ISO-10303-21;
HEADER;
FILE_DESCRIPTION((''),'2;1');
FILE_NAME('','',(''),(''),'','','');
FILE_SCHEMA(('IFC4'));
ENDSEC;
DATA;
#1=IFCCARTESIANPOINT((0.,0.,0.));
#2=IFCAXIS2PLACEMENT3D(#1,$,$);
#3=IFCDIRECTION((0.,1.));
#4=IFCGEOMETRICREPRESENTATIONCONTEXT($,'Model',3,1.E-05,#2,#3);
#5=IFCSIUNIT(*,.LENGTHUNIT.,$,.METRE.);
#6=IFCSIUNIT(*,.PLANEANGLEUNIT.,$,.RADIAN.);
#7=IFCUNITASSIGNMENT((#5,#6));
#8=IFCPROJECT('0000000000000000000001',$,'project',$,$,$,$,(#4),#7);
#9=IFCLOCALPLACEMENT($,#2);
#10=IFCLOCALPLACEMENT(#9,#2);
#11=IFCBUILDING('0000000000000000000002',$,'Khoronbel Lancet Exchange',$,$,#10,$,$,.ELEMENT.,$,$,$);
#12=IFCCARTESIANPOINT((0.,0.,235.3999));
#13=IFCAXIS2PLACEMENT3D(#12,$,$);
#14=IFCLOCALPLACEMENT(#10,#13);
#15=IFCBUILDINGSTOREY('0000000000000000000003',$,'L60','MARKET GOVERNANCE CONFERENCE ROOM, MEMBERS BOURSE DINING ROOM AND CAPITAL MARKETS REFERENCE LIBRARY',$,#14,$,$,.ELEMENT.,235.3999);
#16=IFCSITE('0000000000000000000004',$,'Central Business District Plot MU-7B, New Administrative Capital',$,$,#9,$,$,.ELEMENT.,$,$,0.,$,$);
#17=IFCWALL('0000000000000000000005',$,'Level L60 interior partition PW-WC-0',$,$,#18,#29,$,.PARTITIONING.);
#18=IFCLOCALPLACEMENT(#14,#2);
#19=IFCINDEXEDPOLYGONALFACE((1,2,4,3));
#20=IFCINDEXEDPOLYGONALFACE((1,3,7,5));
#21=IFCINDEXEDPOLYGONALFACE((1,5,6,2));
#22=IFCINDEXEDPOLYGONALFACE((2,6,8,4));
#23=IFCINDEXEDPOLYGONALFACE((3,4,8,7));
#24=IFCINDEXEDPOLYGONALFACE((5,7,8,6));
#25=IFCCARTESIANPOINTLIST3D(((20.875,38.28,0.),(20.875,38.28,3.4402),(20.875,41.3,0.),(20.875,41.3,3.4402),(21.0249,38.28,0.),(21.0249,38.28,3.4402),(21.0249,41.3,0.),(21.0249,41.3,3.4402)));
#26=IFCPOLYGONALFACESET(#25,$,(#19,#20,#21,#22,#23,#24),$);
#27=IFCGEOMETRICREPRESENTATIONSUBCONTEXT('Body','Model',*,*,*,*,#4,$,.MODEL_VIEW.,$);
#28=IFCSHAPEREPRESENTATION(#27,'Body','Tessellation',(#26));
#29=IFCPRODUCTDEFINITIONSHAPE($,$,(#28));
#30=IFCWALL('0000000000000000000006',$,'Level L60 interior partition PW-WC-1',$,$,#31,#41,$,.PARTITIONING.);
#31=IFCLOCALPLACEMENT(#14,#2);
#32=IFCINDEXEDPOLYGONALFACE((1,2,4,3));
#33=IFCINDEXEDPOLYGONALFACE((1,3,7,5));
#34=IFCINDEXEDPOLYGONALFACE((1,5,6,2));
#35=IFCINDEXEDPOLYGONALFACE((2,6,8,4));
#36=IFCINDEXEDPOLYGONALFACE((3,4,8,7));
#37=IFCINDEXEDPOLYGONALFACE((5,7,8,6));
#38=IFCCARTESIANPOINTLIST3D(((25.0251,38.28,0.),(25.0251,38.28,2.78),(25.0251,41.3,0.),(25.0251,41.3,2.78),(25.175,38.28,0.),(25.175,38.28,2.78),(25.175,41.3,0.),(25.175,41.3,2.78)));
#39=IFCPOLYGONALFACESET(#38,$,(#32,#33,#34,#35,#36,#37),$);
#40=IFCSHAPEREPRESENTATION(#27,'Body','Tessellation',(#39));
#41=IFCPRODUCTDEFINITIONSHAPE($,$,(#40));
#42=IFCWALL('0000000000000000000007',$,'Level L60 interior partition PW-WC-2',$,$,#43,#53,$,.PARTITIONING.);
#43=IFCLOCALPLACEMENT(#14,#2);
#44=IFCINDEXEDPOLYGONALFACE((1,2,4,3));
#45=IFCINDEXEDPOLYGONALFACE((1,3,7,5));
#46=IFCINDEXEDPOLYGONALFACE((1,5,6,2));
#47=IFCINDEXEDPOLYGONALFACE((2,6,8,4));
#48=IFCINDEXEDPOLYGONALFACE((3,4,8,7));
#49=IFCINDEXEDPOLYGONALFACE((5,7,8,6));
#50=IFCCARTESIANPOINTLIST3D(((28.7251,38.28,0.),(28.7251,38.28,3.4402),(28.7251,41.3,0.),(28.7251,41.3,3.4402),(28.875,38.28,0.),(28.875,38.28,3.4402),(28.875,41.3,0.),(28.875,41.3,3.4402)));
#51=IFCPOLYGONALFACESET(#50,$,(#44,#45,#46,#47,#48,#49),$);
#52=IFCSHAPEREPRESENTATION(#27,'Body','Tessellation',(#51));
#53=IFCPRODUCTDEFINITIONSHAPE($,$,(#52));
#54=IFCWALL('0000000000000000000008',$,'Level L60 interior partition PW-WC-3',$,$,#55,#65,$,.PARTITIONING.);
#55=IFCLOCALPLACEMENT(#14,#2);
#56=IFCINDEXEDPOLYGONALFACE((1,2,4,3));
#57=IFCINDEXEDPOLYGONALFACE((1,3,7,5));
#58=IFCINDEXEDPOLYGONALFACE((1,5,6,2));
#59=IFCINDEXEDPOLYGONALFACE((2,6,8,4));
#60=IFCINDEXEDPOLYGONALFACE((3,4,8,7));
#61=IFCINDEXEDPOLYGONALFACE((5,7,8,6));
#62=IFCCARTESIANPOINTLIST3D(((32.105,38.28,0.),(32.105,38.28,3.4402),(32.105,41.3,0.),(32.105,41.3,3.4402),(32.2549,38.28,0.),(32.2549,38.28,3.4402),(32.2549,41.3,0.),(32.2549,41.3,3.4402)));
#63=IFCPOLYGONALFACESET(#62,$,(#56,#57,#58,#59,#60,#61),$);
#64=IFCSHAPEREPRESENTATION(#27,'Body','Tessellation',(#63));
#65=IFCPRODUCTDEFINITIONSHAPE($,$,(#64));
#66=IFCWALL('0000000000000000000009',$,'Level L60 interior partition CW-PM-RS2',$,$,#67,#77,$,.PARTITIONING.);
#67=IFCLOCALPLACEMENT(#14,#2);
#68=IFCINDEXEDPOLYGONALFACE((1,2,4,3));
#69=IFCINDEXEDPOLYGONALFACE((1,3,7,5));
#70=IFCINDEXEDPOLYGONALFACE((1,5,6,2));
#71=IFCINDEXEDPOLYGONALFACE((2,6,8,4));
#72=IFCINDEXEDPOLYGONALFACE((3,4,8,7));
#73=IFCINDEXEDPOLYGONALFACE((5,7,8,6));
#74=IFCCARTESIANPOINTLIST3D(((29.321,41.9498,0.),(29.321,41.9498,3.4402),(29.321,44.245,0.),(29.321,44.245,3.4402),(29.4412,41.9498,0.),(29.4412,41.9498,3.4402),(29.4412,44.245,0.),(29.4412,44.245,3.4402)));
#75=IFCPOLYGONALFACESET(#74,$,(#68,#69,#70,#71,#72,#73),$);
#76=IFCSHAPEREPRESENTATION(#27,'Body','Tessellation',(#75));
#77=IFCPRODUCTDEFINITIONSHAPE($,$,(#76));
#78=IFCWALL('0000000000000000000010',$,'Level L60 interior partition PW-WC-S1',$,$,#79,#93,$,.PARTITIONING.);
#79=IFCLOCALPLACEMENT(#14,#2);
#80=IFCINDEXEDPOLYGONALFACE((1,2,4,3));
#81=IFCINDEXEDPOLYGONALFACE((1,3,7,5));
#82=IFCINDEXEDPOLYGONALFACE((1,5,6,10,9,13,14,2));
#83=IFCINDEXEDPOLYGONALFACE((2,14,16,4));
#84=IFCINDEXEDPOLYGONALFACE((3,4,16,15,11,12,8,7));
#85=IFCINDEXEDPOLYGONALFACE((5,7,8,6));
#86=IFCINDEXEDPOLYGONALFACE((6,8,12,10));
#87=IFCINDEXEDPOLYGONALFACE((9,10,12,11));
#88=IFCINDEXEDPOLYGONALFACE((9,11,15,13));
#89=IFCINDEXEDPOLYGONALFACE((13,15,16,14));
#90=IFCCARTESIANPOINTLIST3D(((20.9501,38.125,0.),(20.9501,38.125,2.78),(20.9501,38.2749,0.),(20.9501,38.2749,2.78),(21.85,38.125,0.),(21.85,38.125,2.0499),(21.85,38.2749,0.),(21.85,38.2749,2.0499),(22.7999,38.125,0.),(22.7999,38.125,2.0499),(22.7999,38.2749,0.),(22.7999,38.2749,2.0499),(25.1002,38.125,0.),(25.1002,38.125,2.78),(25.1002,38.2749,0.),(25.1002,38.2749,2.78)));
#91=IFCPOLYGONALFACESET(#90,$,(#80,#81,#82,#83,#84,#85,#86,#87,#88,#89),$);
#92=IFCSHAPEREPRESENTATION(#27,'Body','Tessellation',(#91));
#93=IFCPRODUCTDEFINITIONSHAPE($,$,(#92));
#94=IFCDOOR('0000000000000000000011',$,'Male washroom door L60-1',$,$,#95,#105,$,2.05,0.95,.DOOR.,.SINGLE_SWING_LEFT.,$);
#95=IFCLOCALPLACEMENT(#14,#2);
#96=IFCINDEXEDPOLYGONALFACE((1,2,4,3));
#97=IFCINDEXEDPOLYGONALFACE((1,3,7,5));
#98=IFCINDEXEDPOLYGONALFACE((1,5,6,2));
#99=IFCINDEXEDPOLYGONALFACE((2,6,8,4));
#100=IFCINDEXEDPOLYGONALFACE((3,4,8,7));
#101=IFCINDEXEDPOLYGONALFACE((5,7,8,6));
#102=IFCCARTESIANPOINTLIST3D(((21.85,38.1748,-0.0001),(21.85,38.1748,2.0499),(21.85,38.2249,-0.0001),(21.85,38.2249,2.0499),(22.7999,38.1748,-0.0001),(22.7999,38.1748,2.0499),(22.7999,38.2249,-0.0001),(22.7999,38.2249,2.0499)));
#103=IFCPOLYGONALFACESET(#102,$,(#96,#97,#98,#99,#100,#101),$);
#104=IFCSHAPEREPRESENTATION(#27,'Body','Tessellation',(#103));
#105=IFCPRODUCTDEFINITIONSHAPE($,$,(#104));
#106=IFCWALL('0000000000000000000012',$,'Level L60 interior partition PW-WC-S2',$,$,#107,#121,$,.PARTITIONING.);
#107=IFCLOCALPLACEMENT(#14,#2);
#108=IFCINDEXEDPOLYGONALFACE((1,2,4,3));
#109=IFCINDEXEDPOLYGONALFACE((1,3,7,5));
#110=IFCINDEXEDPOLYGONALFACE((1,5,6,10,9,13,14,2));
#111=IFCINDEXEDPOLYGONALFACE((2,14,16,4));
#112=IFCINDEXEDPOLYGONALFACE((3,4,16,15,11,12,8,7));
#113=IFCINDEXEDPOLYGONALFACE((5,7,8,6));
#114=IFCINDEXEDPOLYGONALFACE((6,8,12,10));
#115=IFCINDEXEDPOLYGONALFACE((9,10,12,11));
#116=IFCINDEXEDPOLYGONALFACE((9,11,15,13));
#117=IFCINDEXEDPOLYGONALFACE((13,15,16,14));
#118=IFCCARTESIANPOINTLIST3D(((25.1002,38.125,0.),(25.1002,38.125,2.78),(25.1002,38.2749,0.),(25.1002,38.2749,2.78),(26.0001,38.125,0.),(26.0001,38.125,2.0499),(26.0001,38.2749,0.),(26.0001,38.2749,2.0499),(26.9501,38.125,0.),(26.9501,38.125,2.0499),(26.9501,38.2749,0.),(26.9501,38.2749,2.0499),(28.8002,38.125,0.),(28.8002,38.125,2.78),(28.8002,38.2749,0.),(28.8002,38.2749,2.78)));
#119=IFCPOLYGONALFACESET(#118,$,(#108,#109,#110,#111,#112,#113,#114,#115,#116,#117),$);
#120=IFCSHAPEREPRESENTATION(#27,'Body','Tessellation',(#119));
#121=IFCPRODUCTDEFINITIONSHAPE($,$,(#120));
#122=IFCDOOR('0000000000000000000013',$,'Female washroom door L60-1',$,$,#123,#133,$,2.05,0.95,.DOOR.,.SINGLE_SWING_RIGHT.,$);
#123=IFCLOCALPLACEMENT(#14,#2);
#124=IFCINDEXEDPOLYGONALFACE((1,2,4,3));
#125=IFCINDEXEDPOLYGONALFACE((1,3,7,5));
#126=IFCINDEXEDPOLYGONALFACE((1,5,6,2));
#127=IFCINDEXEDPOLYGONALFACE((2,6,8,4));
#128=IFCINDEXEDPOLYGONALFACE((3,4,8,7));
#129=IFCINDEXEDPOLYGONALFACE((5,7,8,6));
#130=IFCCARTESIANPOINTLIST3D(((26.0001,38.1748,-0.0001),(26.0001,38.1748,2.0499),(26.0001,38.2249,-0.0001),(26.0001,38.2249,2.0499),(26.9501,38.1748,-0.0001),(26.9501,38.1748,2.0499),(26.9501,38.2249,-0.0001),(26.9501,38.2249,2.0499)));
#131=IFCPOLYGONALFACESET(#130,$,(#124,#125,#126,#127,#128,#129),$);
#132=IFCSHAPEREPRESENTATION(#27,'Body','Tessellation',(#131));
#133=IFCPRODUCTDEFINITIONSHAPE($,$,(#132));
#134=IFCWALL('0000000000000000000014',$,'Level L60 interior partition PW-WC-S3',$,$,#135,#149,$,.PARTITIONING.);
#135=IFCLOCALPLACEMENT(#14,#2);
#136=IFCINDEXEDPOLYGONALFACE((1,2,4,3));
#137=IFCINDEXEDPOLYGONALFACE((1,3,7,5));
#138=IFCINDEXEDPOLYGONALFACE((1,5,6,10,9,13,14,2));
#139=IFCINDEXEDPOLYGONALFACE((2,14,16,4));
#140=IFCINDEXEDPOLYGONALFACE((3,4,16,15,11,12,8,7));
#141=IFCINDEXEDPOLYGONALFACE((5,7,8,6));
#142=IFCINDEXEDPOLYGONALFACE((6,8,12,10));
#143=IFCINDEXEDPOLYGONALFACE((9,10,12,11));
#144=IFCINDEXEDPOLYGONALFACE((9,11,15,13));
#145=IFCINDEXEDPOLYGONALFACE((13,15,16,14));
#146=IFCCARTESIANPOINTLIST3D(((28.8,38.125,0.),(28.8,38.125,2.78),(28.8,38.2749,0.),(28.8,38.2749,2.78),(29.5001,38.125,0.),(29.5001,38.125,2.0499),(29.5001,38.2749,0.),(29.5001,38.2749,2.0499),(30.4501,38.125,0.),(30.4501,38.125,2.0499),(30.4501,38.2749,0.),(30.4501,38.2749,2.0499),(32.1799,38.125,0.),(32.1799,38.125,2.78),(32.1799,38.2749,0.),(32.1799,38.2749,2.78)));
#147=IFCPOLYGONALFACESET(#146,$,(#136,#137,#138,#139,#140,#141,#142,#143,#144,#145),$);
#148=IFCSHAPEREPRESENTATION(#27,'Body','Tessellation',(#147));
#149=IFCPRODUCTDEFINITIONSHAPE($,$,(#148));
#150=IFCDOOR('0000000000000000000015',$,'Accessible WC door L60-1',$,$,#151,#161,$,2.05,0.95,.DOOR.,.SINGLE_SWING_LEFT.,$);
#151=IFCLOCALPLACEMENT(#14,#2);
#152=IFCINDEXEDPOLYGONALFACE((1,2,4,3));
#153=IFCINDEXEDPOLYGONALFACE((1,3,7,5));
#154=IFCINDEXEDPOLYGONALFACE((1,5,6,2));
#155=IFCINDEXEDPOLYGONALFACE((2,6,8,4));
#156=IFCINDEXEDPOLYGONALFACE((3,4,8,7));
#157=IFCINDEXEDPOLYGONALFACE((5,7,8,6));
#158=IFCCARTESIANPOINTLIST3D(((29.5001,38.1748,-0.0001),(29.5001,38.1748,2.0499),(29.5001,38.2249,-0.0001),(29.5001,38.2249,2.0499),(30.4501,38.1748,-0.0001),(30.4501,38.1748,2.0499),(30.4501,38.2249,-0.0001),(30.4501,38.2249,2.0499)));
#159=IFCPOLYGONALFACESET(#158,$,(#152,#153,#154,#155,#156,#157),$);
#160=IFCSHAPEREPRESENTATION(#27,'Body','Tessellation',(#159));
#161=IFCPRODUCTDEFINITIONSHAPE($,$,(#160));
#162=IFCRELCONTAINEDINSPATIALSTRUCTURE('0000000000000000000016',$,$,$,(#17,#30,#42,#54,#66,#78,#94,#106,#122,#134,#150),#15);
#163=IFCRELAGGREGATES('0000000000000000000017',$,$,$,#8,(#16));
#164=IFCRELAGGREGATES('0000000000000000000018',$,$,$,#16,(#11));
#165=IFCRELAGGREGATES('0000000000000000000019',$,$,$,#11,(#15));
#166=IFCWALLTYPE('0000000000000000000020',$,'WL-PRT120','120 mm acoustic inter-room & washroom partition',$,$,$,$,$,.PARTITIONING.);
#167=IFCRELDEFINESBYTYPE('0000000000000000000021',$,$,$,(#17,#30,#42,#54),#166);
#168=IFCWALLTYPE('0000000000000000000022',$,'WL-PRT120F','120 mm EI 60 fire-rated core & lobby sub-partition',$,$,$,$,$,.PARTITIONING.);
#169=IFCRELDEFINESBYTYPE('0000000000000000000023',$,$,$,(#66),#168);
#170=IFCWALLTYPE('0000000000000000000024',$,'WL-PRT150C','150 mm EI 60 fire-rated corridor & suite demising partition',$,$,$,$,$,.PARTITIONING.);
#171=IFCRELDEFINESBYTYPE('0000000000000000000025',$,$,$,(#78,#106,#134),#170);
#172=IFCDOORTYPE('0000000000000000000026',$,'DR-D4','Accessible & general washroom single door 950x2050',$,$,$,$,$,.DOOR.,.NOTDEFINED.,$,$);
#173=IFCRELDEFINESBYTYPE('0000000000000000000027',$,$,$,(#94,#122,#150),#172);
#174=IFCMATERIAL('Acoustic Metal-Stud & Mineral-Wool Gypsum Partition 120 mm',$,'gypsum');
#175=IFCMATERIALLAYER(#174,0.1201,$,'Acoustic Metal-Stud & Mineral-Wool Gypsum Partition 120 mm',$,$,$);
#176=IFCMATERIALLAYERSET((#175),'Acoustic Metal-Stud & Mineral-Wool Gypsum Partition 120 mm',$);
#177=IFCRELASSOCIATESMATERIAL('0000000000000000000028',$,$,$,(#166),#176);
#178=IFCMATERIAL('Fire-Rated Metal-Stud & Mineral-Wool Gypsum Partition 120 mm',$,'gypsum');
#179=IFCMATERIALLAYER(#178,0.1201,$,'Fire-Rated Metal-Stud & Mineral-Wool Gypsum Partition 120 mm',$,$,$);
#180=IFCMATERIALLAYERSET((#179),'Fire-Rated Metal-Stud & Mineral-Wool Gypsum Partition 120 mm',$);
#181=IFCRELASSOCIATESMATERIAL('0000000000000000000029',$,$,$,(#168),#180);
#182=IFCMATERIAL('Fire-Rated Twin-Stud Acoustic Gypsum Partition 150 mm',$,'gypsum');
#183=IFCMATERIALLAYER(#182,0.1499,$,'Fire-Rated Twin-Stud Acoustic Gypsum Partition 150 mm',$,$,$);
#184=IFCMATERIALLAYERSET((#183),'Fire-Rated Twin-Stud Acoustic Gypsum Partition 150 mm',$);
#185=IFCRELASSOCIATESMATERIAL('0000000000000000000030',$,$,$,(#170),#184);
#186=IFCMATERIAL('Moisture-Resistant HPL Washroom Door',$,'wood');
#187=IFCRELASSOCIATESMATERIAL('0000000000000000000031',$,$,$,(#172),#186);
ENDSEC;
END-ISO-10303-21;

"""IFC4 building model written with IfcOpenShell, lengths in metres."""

from ifc_helpers import new_model, si_unit, direction, frame, frame_2d, origin, place, context, subcontext, project, spatial, rectangle, extrude, material, layer, layer_set, type_object, element, fill, save


model = new_model("IFC4")

# Units and contexts
model_context = context("Model", 3, precision=1e-05, world=origin(), true_north=direction((0.0, 1.0)))
body_context = subcontext(model_context, "Body", "Model", "MODEL_VIEW")
ifc_project = project(units=[si_unit("LENGTHUNIT", "METRE"), si_unit("PLANEANGLEUNIT", "RADIAN")], contexts=[model_context])

# Site, building, storey
site_placement = place(None, origin())
site = spatial("IfcSite", under=ifc_project, at=site_placement, Name="Central Business District Plot MU-7B, New Administrative Capital", CompositionType="ELEMENT", RefElevation=0.0)
building_placement = place(site_placement, origin())
building = spatial("IfcBuilding", under=site, at=building_placement, Name="Khoronbel Lancet Exchange", CompositionType="ELEMENT")
storey_placement = place(building_placement, frame((0.0, 0.0, 235.3999)))
storey = spatial("IfcBuildingStorey", under=building, at=storey_placement, Name="L60", Description="MARKET GOVERNANCE CONFERENCE ROOM, MEMBERS BOURSE DINING ROOM AND CAPITAL MARKETS REFERENCE LIBRARY", CompositionType="ELEMENT", Elevation=235.3999)

# Walls
ifc_material_1 = material(Name="Acoustic Metal-Stud & Mineral-Wool Gypsum Partition 120 mm", Category="gypsum")
ifc_layer_1 = layer(ifc_material_1, 0.1201, Name="Acoustic Metal-Stud & Mineral-Wool Gypsum Partition 120 mm")
ifc_layer_set_1 = layer_set([ifc_layer_1], Name="Acoustic Metal-Stud & Mineral-Wool Gypsum Partition 120 mm")
wall_type_1 = type_object("IfcWallType", Name="WL-PRT120", Description="120 mm acoustic inter-room & washroom partition", PredefinedType="PARTITIONING", material=ifc_layer_set_1)
wall_1_placement = place(storey_placement, frame((20.95, 38.28, 0.0), z_axis=(0.0, 0.0, 1.0), x_axis=(0.0, 1.0, 0.0)))
element("IfcWall", 1, at=wall_1_placement, inside=storey, type_object=wall_type_1, Name="Level L60 interior partition PW-WC-0", PredefinedType="PARTITIONING", context=body_context, shape_type="SweptSolid", body=[
    extrude(rectangle(XDim=3.02, YDim=0.1499, at=frame_2d((1.51, 0.0))), origin(), (0.0, 0.0, 1.0), 3.4402),
])
wall_2_placement = place(storey_placement, frame((25.1001, 38.28, 0.0), z_axis=(0.0, 0.0, 1.0), x_axis=(0.0, 1.0, 0.0)))
element("IfcWall", 2, at=wall_2_placement, inside=storey, type_object=wall_type_1, Name="Level L60 interior partition PW-WC-1", PredefinedType="PARTITIONING", context=body_context, shape_type="SweptSolid", body=[
    extrude(rectangle(XDim=3.02, YDim=0.1499, at=frame_2d((1.51, 0.0))), origin(), (0.0, 0.0, 1.0), 2.78),
])
for number, where, z_axis, x_axis, name in (
    (3, (28.8, 38.28, 0.0), (0.0, 0.0, 1.0), (0.0, 1.0, 0.0), "Level L60 interior partition PW-WC-2"),
    (4, (32.1799, 38.28, 0.0), (0.0, 0.0, 1.0), (0.0, 1.0, 0.0), "Level L60 interior partition PW-WC-3"),
):
    element("IfcWall", number, at=place(storey_placement, frame(where, z_axis=z_axis, x_axis=x_axis)), inside=storey, type_object=wall_type_1, Name=name, PredefinedType="PARTITIONING", context=body_context, shape_type="SweptSolid", body=[
        extrude(rectangle(XDim=3.02, YDim=0.1499, at=frame_2d((1.51, 0.0))), origin(), (0.0, 0.0, 1.0), 3.4402),
    ])
ifc_material_2 = material(Name="Fire-Rated Metal-Stud & Mineral-Wool Gypsum Partition 120 mm", Category="gypsum")
ifc_layer_2 = layer(ifc_material_2, 0.1201, Name="Fire-Rated Metal-Stud & Mineral-Wool Gypsum Partition 120 mm")
ifc_layer_set_2 = layer_set([ifc_layer_2], Name="Fire-Rated Metal-Stud & Mineral-Wool Gypsum Partition 120 mm")
wall_type_2 = type_object("IfcWallType", Name="WL-PRT120F", Description="120 mm EI 60 fire-rated core & lobby sub-partition", PredefinedType="PARTITIONING", material=ifc_layer_set_2)
wall_3_placement = place(storey_placement, frame((29.3811, 41.95, 0.0), z_axis=(0.0, 0.0, 1.0), x_axis=(0.0, 1.0, 0.0)))
element("IfcWall", 5, at=wall_3_placement, inside=storey, type_object=wall_type_2, Name="Level L60 interior partition CW-PM-RS2", PredefinedType="PARTITIONING", context=body_context, shape_type="SweptSolid", body=[
    extrude(rectangle(XDim=2.2952, YDim=0.1201, at=frame_2d((1.1475, 0.0))), origin(), (0.0, 0.0, 1.0), 3.4402),
])

# Walls, openings, doors
ifc_material_3 = material(Name="Fire-Rated Twin-Stud Acoustic Gypsum Partition 150 mm", Category="gypsum")
ifc_layer_3 = layer(ifc_material_3, 0.1499, Name="Fire-Rated Twin-Stud Acoustic Gypsum Partition 150 mm")
ifc_layer_set_3 = layer_set([ifc_layer_3], Name="Fire-Rated Twin-Stud Acoustic Gypsum Partition 150 mm")
wall_type_3 = type_object("IfcWallType", Name="WL-PRT150C", Description="150 mm EI 60 fire-rated corridor & suite demising partition", PredefinedType="PARTITIONING", material=ifc_layer_set_3)
wall_4_placement = place(storey_placement, frame((20.95, 38.2, 0.0), z_axis=(0.0, 0.0, 1.0), x_axis=(1.0, 0.0, 0.0)))
wall_4 = element("IfcWall", 6, at=wall_4_placement, inside=storey, type_object=wall_type_3, Name="Level L60 interior partition PW-WC-S1", PredefinedType="PARTITIONING", context=body_context, shape_type="SweptSolid", body=[
    extrude(rectangle(XDim=4.1501, YDim=0.1499, at=frame_2d((2.0752, 0.0))), origin(), (0.0, 0.0, 1.0), 2.78),
])
opening_1_placement = place(wall_4_placement, frame((0.8999, 0.0, 0.0)))
opening_1 = element("IfcOpeningElement", 7, at=opening_1_placement, cuts=wall_4, PredefinedType="OPENING", context=body_context, shape_type="SweptSolid", body=[
    extrude(rectangle(XDim=0.95, YDim=2.05, at=frame_2d((0.4751, 1.0249))), frame((0.0, 0.085, 0.0), z_axis=(0.0, -1.0, 0.0), x_axis=(1.0, 0.0, 0.0)), (0.0, 0.0, 1.0), 0.1699),
])
ifc_material_4 = material(Name="Moisture-Resistant HPL Washroom Door", Category="wood")
door_type_1 = type_object("IfcDoorType", Name="DR-D4", Description="Accessible & general washroom single door 950x2050", OperationType="NOTDEFINED", PredefinedType="DOOR", material=ifc_material_4)
door_1_placement = place(opening_1_placement, origin())
door_1 = element("IfcDoor", 8, at=door_1_placement, inside=storey, type_object=door_type_1, Name="Male washroom door L60-1", OperationType="SINGLE_SWING_LEFT", OverallHeight=2.05, OverallWidth=0.95, PredefinedType="DOOR", context=body_context, shape_type="SweptSolid", body=[
    extrude(rectangle(XDim=0.95, YDim=2.05, at=frame_2d((0.4751, 1.0249))), frame((0.0, 0.0249, 0.0), z_axis=(0.0, -1.0, 0.0), x_axis=(1.0, 0.0, 0.0)), (0.0, 0.0, 1.0), 0.05),
])
fill(opening_1, door_1)
wall_5_placement = place(storey_placement, frame((25.1001, 38.2, 0.0), z_axis=(0.0, 0.0, 1.0), x_axis=(1.0, 0.0, 0.0)))
wall_5 = element("IfcWall", 9, at=wall_5_placement, inside=storey, type_object=wall_type_3, Name="Level L60 interior partition PW-WC-S2", PredefinedType="PARTITIONING", context=body_context, shape_type="SweptSolid", body=[
    extrude(rectangle(XDim=3.7, YDim=0.1499, at=frame_2d((1.8501, 0.0))), origin(), (0.0, 0.0, 1.0), 2.78),
])
opening_2_placement = place(wall_5_placement, frame((0.8999, 0.0, 0.0)))
opening_2 = element("IfcOpeningElement", 10, at=opening_2_placement, cuts=wall_5, PredefinedType="OPENING", context=body_context, shape_type="SweptSolid", body=[
    extrude(rectangle(XDim=0.95, YDim=2.05, at=frame_2d((0.4751, 1.0249))), frame((0.0, 0.085, 0.0), z_axis=(0.0, -1.0, 0.0), x_axis=(1.0, 0.0, 0.0)), (0.0, 0.0, 1.0), 0.1699),
])
door_2_placement = place(opening_2_placement, origin())
door_2 = element("IfcDoor", 11, at=door_2_placement, inside=storey, type_object=door_type_1, Name="Female washroom door L60-1", OperationType="SINGLE_SWING_RIGHT", OverallHeight=2.05, OverallWidth=0.95, PredefinedType="DOOR", context=body_context, shape_type="SweptSolid", body=[
    extrude(rectangle(XDim=0.95, YDim=2.05, at=frame_2d((0.4751, 1.0249))), frame((0.0, 0.0249, 0.0), z_axis=(0.0, -1.0, 0.0), x_axis=(1.0, 0.0, 0.0)), (0.0, 0.0, 1.0), 0.05),
])
fill(opening_2, door_2)
wall_6_placement = place(storey_placement, frame((28.8, 38.2, 0.0), z_axis=(0.0, 0.0, 1.0), x_axis=(1.0, 0.0, 0.0)))
wall_6 = element("IfcWall", 12, at=wall_6_placement, inside=storey, type_object=wall_type_3, Name="Level L60 interior partition PW-WC-S3", PredefinedType="PARTITIONING", context=body_context, shape_type="SweptSolid", body=[
    extrude(rectangle(XDim=3.3799, YDim=0.1499, at=frame_2d((1.6899, 0.0))), origin(), (0.0, 0.0, 1.0), 2.78),
])
opening_3_placement = place(wall_6_placement, frame((0.7, 0.0, 0.0)))
opening_3 = element("IfcOpeningElement", 13, at=opening_3_placement, cuts=wall_6, PredefinedType="OPENING", context=body_context, shape_type="SweptSolid", body=[
    extrude(rectangle(XDim=0.95, YDim=2.05, at=frame_2d((0.4751, 1.0249))), frame((0.0, 0.085, 0.0), z_axis=(0.0, -1.0, 0.0), x_axis=(1.0, 0.0, 0.0)), (0.0, 0.0, 1.0), 0.1699),
])
door_3_placement = place(opening_3_placement, origin())
door_3 = element("IfcDoor", 14, at=door_3_placement, inside=storey, type_object=door_type_1, Name="Accessible WC door L60-1", OperationType="SINGLE_SWING_LEFT", OverallHeight=2.05, OverallWidth=0.95, PredefinedType="DOOR", context=body_context, shape_type="SweptSolid", body=[
    extrude(rectangle(XDim=0.95, YDim=2.05, at=frame_2d((0.4751, 1.0249))), frame((0.0, 0.0249, 0.0), z_axis=(0.0, -1.0, 0.0), x_axis=(1.0, 0.0, 0.0)), (0.0, 0.0, 1.0), 0.05),
])
fill(opening_3, door_3)

save(model, "model.ifc")
